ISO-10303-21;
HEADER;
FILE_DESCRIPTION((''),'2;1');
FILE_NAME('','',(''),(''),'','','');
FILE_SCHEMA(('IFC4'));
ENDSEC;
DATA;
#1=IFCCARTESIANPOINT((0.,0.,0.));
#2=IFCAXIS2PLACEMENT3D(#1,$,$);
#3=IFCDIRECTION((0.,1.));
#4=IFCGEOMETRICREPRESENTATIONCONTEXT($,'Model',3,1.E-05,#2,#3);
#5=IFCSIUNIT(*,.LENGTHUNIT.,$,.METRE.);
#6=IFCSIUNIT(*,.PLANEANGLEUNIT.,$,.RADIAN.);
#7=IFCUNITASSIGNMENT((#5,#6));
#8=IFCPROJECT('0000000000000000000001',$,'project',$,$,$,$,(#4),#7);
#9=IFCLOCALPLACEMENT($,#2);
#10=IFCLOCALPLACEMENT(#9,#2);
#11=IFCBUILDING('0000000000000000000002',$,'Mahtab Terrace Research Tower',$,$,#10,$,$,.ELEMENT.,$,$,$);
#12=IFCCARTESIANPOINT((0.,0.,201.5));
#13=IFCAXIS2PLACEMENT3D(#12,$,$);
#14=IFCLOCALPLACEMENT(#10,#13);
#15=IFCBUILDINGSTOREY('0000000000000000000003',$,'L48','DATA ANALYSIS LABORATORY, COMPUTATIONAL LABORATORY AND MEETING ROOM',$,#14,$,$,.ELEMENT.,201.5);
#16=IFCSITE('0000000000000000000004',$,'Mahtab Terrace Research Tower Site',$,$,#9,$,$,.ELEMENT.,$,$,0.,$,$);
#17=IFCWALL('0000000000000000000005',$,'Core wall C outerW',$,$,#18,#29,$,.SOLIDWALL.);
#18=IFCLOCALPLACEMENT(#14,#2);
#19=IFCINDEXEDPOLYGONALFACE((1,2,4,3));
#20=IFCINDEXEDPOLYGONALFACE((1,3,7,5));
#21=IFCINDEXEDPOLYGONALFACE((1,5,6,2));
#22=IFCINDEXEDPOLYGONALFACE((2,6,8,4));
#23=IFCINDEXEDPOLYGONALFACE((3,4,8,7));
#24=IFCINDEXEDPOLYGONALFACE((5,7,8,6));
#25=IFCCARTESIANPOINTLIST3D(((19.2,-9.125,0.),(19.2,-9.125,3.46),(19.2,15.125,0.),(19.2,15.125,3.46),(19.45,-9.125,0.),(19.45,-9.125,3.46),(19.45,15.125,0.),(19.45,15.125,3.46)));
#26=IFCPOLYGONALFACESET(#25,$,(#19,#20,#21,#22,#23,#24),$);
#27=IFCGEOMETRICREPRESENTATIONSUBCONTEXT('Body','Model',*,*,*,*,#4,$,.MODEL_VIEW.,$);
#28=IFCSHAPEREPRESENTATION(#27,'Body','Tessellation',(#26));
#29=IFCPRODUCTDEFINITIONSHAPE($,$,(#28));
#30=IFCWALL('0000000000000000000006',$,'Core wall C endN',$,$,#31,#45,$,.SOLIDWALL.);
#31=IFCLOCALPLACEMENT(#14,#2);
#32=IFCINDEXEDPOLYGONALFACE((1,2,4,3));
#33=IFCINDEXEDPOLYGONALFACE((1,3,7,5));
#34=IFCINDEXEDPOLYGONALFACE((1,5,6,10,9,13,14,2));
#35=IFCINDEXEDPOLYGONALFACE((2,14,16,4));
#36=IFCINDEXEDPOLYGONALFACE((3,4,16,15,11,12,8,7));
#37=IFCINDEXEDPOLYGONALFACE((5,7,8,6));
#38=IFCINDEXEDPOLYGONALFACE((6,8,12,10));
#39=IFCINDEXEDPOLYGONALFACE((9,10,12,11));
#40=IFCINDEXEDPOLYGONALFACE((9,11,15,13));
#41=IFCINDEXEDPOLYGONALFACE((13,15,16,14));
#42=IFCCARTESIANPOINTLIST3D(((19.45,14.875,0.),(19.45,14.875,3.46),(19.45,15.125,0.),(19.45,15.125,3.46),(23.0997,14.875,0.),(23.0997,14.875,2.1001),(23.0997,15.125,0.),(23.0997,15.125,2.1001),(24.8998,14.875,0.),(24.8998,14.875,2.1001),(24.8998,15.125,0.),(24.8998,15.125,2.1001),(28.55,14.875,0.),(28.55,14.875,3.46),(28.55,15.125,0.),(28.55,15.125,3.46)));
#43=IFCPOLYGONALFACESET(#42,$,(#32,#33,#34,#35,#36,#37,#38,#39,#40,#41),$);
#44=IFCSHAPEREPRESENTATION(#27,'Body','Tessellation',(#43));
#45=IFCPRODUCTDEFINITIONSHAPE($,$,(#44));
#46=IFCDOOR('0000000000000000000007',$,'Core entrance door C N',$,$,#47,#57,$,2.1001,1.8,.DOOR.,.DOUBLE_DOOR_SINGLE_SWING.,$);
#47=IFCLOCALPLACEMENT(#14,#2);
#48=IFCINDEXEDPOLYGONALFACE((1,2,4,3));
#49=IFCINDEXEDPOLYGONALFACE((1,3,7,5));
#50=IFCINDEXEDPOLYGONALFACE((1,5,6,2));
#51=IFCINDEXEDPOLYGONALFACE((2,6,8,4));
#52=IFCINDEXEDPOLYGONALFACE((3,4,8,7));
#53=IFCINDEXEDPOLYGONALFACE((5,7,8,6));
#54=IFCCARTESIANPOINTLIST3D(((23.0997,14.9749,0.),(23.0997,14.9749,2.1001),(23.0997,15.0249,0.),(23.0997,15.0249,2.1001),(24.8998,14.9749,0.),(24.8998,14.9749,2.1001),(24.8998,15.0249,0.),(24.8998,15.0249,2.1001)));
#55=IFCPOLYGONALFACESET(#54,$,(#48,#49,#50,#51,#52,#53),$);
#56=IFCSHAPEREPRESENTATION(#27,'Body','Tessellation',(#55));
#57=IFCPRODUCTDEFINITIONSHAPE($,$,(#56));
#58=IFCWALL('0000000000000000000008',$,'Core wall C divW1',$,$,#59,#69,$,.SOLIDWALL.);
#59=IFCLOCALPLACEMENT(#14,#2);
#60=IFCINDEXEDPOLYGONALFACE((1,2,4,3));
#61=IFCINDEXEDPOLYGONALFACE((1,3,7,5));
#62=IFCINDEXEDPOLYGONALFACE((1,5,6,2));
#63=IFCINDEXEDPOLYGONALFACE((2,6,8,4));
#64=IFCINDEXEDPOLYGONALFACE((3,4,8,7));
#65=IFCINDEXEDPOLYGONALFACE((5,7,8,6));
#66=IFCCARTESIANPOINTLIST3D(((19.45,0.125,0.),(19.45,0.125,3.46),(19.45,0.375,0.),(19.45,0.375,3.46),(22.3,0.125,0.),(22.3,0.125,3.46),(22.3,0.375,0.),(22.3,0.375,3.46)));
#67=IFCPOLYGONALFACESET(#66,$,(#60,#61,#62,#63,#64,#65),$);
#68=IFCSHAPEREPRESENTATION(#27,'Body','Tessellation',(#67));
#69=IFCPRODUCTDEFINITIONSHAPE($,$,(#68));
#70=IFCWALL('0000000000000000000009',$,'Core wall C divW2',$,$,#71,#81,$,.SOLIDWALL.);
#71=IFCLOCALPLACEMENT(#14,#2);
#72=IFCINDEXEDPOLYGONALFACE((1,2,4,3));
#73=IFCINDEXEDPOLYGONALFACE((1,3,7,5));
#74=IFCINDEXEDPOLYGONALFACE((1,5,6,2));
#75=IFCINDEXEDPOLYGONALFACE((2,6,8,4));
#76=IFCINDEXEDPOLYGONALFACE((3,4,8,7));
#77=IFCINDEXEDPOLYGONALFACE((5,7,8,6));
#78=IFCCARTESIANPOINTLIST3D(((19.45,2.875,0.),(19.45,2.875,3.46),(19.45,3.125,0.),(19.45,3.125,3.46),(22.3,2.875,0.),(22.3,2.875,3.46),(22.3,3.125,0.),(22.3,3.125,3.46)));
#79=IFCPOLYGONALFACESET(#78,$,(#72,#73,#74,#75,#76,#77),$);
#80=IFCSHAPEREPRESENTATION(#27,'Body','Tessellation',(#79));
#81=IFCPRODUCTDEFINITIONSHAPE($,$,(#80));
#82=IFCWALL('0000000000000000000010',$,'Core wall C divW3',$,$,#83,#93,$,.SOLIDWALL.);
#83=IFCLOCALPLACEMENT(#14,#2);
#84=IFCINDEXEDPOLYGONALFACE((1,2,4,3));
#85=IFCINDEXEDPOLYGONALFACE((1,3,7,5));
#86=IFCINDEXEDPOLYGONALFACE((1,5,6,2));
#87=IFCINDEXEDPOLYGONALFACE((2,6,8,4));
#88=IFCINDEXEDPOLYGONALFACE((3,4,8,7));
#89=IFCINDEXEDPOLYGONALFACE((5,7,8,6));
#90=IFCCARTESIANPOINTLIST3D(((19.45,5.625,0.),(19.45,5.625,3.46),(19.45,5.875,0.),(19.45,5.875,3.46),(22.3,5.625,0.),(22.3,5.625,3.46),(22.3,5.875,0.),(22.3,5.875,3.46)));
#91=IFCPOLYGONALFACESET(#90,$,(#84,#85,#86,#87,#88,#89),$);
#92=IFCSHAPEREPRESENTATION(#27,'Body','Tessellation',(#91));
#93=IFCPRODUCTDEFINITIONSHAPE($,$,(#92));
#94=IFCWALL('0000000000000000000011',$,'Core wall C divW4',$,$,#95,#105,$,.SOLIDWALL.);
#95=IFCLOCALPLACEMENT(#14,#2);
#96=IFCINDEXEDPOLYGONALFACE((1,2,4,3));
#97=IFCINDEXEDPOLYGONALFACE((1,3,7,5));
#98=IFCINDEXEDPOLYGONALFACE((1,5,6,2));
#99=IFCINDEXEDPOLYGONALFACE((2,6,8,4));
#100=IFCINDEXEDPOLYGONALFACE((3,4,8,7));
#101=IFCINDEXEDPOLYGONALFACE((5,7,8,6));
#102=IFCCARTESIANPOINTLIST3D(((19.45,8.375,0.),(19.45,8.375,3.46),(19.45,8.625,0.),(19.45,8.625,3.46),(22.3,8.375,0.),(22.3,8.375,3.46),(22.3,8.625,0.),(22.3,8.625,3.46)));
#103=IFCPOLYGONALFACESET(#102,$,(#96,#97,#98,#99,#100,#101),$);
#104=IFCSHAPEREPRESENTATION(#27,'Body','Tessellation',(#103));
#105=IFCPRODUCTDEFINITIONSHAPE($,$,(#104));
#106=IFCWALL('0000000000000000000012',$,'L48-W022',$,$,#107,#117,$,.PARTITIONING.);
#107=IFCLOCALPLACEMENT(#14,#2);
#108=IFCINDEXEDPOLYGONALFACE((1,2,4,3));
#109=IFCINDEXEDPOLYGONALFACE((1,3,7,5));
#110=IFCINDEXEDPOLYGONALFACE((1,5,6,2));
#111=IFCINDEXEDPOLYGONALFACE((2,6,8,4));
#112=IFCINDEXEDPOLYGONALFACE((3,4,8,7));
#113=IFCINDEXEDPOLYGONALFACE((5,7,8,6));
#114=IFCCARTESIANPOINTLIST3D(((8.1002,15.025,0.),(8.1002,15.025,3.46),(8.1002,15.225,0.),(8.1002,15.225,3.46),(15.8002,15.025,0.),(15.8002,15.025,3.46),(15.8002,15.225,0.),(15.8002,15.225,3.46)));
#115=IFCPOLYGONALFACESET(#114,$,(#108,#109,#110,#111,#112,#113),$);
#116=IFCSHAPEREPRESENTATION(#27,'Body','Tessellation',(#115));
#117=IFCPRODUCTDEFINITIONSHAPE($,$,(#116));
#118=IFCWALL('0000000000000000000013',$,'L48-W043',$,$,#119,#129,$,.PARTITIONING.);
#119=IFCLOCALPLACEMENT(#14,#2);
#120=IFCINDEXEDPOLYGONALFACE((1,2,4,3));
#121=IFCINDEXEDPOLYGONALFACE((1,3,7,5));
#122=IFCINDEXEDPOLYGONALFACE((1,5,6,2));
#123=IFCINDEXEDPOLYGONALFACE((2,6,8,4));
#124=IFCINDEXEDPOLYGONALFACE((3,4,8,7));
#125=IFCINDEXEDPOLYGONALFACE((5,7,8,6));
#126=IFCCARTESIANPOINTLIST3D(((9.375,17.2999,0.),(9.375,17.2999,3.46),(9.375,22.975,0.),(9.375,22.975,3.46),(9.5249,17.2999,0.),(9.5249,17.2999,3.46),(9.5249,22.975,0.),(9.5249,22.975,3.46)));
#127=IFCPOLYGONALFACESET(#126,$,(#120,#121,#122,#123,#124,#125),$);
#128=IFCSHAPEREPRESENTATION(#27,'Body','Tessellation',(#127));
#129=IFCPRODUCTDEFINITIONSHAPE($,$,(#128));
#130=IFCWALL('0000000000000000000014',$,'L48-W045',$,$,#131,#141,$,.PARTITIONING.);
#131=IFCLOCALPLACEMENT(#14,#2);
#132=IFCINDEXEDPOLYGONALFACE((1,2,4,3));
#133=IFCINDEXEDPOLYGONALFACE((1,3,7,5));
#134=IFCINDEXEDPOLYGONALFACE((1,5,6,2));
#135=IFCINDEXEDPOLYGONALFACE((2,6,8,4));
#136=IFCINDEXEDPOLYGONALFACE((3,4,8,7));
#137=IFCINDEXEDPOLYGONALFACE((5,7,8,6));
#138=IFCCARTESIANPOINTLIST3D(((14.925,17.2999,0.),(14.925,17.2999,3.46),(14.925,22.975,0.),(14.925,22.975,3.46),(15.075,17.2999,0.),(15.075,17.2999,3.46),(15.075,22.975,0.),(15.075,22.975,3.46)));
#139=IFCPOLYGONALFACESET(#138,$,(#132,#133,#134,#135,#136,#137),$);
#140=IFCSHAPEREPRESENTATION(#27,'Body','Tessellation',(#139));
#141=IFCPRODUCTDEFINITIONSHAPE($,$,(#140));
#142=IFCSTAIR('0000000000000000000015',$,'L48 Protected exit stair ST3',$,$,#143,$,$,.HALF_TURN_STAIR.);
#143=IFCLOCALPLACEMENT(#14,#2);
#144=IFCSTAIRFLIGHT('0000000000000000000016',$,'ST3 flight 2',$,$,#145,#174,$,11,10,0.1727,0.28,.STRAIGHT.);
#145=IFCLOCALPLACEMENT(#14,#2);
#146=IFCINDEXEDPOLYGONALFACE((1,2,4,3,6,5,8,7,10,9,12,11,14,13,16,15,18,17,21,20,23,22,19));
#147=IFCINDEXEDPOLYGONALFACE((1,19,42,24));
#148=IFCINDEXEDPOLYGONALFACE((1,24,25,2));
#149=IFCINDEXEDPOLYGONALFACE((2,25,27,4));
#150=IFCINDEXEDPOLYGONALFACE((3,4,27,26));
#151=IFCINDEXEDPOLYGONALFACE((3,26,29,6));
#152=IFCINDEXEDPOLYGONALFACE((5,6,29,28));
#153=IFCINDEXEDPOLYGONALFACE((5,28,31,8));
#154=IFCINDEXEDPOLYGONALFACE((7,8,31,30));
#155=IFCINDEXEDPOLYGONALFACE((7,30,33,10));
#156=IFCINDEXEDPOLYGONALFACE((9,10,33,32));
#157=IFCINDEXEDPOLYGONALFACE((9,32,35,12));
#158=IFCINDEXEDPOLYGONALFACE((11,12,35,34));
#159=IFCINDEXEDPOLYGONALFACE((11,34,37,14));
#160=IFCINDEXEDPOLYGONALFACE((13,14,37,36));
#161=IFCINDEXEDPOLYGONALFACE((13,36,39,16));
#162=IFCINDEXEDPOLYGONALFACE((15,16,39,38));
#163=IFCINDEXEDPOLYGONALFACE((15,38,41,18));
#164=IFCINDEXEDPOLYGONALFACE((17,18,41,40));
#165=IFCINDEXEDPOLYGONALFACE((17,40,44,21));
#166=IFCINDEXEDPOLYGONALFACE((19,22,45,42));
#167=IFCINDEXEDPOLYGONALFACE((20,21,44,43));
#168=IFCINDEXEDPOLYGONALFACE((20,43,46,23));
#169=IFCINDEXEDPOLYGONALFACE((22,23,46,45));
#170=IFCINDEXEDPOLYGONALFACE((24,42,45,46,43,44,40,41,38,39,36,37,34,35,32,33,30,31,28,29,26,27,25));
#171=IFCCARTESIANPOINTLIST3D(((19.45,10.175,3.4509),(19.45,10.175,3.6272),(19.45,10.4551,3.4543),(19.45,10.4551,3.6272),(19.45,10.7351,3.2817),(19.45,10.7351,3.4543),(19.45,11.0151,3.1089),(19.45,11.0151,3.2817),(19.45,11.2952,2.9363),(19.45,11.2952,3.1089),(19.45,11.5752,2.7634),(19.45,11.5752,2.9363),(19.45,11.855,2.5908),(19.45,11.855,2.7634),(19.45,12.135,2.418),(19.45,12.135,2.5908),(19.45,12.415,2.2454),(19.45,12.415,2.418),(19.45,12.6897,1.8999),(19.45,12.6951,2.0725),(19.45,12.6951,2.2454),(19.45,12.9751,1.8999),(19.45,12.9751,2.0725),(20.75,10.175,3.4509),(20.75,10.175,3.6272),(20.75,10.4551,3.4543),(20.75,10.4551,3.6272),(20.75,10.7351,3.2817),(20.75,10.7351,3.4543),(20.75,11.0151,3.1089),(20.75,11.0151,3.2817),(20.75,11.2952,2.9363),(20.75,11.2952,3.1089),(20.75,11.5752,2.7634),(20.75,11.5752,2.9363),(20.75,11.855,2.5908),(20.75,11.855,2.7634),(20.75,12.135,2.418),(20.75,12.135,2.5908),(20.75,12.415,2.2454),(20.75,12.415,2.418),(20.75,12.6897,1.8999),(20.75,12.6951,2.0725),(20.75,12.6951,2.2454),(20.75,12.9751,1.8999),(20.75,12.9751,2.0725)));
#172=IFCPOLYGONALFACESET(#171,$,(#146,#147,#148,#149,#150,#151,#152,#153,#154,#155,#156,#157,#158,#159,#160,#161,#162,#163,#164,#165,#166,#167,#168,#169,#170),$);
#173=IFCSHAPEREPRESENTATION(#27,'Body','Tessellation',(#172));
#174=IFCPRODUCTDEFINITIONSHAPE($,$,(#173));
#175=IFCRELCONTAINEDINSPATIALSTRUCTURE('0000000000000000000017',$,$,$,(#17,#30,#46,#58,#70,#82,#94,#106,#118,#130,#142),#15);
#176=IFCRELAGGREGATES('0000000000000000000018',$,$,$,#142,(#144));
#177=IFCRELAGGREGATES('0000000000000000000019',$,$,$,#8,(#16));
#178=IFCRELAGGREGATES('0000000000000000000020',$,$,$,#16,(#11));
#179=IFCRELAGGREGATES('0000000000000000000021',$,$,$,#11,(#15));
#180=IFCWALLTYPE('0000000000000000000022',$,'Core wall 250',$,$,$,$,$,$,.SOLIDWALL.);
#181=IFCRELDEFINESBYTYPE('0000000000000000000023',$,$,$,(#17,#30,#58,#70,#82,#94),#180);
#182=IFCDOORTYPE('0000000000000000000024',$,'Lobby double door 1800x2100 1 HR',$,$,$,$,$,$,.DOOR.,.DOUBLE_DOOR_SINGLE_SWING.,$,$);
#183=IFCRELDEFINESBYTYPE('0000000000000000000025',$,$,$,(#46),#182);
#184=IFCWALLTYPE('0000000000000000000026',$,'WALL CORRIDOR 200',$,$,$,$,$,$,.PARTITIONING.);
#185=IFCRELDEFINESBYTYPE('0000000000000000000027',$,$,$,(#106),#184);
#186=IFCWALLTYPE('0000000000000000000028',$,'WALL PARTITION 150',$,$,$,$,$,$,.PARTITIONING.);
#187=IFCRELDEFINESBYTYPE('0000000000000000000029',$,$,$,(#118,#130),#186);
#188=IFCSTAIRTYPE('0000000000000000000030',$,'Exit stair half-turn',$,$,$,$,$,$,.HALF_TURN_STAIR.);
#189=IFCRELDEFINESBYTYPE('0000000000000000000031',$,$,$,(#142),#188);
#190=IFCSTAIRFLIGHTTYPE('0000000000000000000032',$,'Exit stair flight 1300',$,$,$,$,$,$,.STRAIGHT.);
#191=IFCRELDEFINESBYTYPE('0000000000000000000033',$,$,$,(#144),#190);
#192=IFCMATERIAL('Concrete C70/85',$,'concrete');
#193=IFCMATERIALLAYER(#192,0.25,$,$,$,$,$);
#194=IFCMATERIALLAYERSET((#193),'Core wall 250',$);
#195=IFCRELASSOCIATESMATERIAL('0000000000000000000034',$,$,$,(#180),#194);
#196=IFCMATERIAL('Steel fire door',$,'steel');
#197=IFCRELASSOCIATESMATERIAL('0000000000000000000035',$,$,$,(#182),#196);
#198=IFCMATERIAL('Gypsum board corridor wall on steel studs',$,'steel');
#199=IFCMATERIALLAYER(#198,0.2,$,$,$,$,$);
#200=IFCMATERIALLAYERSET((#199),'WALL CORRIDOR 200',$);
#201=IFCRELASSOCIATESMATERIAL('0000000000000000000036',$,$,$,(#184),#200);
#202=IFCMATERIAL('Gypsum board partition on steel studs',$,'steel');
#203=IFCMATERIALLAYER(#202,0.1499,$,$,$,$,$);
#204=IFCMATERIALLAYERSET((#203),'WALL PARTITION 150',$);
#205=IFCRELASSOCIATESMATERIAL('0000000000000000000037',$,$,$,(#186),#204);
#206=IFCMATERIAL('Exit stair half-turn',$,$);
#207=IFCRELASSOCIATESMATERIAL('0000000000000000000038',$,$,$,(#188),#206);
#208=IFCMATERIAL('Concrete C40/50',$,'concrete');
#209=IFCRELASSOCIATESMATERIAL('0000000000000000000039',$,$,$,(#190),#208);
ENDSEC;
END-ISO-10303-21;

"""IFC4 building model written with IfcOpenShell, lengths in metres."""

from ifc_helpers import new_model, si_unit, direction, frame, frame_2d, origin, place, context, subcontext, project, spatial, polyline, rectangle, outline, extrude, material, layer, layer_set, type_object, element, fill, aggregate, save


model = new_model("IFC4")

# Units and contexts
model_context = context("Model", 3, precision=1e-05, world=origin(), true_north=direction((0.0, 1.0)))
body_context = subcontext(model_context, "Body", "Model", "MODEL_VIEW")
ifc_project = project(units=[si_unit("LENGTHUNIT", "METRE"), si_unit("PLANEANGLEUNIT", "RADIAN")], contexts=[model_context])

# Site, building, storey
site_placement = place(None, origin())
site = spatial("IfcSite", under=ifc_project, at=site_placement, Name="Mahtab Terrace Research Tower Site", CompositionType="ELEMENT", RefElevation=0.0)
building_placement = place(site_placement, origin())
building = spatial("IfcBuilding", under=site, at=building_placement, Name="Mahtab Terrace Research Tower", CompositionType="ELEMENT")
storey_placement = place(building_placement, frame((0.0, 0.0, 201.5)))
storey = spatial("IfcBuildingStorey", under=building, at=storey_placement, Name="L48", Description="DATA ANALYSIS LABORATORY, COMPUTATIONAL LABORATORY AND MEETING ROOM", CompositionType="ELEMENT", Elevation=201.5)

# Shared definitions
ifc_material_1 = material(Name="Concrete C70/85", Category="concrete")

# Wall
ifc_layer_1 = layer(ifc_material_1, 0.25)
ifc_layer_set_1 = layer_set([ifc_layer_1], Name="Core wall 250")
wall_type_1 = type_object("IfcWallType", Name="Core wall 250", PredefinedType="SOLIDWALL", material=ifc_layer_set_1)
wall_1_placement = place(storey_placement, frame((19.325, 15.125, 0.0), z_axis=(0.0, 0.0, 1.0), x_axis=(0.0, -1.0, 0.0)))
element("IfcWall", 1, at=wall_1_placement, inside=storey, type_object=wall_type_1, Name="Core wall C outerW", PredefinedType="SOLIDWALL", context=body_context, shape_type="SweptSolid", body=[
    extrude(rectangle(XDim=24.25, YDim=0.25, at=frame_2d((12.125, 0.0))), origin(), (0.0, 0.0, 1.0), 3.46),
])

# Wall, opening, door
wall_2_placement = place(storey_placement, frame((19.45, 15.0, 0.0), z_axis=(0.0, 0.0, 1.0), x_axis=(1.0, 0.0, 0.0)))
wall_2 = element("IfcWall", 2, at=wall_2_placement, inside=storey, type_object=wall_type_1, Name="Core wall C endN", PredefinedType="SOLIDWALL", context=body_context, shape_type="SweptSolid", body=[
    extrude(rectangle(XDim=9.1001, YDim=0.25, at=frame_2d((4.55, 0.0))), origin(), (0.0, 0.0, 1.0), 3.46),
])
opening_placement = place(wall_2_placement, frame((3.6499, 0.0, 0.0)))
opening = element("IfcOpeningElement", 3, at=opening_placement, cuts=wall_2, PredefinedType="OPENING", context=body_context, shape_type="SweptSolid", body=[
    extrude(rectangle(XDim=1.8, YDim=2.1001, at=frame_2d((0.8999, 1.05))), frame((0.0, 0.135, 0.0), z_axis=(0.0, -1.0, 0.0), x_axis=(1.0, 0.0, 0.0)), (0.0, 0.0, 1.0), 0.27),
])
ifc_material_2 = material(Name="Steel fire door", Category="steel")
door_type = type_object("IfcDoorType", Name="Lobby double door 1800x2100 1 HR", OperationType="DOUBLE_DOOR_SINGLE_SWING", PredefinedType="DOOR", material=ifc_material_2)
door_placement = place(opening_placement, origin())
door = element("IfcDoor", 4, at=door_placement, inside=storey, type_object=door_type, Name="Core entrance door C N", OperationType="DOUBLE_DOOR_SINGLE_SWING", OverallHeight=2.1001, OverallWidth=1.8, PredefinedType="DOOR", context=body_context, shape_type="SweptSolid", body=[
    extrude(rectangle(XDim=1.8, YDim=2.1001, at=frame_2d((0.8999, 1.05))), frame((0.0, 0.0249, 0.0), z_axis=(0.0, -1.0, 0.0), x_axis=(1.0, 0.0, 0.0)), (0.0, 0.0, 1.0), 0.05),
])
fill(opening, door)

# Walls
for number, where, z_axis, x_axis, name in (
    (5, (19.45, 0.25, 0.0), (0.0, 0.0, 1.0), (1.0, 0.0, 0.0), "Core wall C divW1"),
    (6, (19.45, 3.0, 0.0), (0.0, 0.0, 1.0), (1.0, 0.0, 0.0), "Core wall C divW2"),
    (7, (19.45, 5.75, 0.0), (0.0, 0.0, 1.0), (1.0, 0.0, 0.0), "Core wall C divW3"),
    (8, (19.45, 8.5, 0.0), (0.0, 0.0, 1.0), (1.0, 0.0, 0.0), "Core wall C divW4"),
):
    element("IfcWall", number, at=place(storey_placement, frame(where, z_axis=z_axis, x_axis=x_axis)), inside=storey, type_object=wall_type_1, Name=name, PredefinedType="SOLIDWALL", context=body_context, shape_type="SweptSolid", body=[
        extrude(rectangle(XDim=2.8501, YDim=0.25, at=frame_2d((1.425, 0.0))), origin(), (0.0, 0.0, 1.0), 3.46),
    ])
ifc_material_3 = material(Name="Gypsum board corridor wall on steel studs", Category="steel")
ifc_layer_2 = layer(ifc_material_3, 0.2)
ifc_layer_set_2 = layer_set([ifc_layer_2], Name="WALL CORRIDOR 200")
wall_type_2 = type_object("IfcWallType", Name="WALL CORRIDOR 200", PredefinedType="PARTITIONING", material=ifc_layer_set_2)
wall_3_placement = place(storey_placement, frame((8.1001, 15.125, 0.0), z_axis=(0.0, 0.0, 1.0), x_axis=(1.0, 0.0, 0.0)))
element("IfcWall", 9, at=wall_3_placement, inside=storey, type_object=wall_type_2, Name="L48-W022", PredefinedType="PARTITIONING", context=body_context, shape_type="SweptSolid", body=[
    extrude(rectangle(XDim=7.7, YDim=0.2, at=frame_2d((3.8501, 0.0))), origin(), (0.0, 0.0, 1.0), 3.46),
])
ifc_material_4 = material(Name="Gypsum board partition on steel studs", Category="steel")
ifc_layer_3 = layer(ifc_material_4, 0.1499)
ifc_layer_set_3 = layer_set([ifc_layer_3], Name="WALL PARTITION 150")
wall_type_3 = type_object("IfcWallType", Name="WALL PARTITION 150", PredefinedType="PARTITIONING", material=ifc_layer_set_3)
for number, where, z_axis, x_axis, name in (
    (10, (9.45, 17.3, 0.0), (0.0, 0.0, 1.0), (0.0, 1.0, 0.0), "L48-W043"),
    (11, (15.0, 17.3, 0.0), (0.0, 0.0, 1.0), (0.0, 1.0, 0.0), "L48-W045"),
):
    element("IfcWall", number, at=place(storey_placement, frame(where, z_axis=z_axis, x_axis=x_axis)), inside=storey, type_object=wall_type_3, Name=name, PredefinedType="PARTITIONING", context=body_context, shape_type="SweptSolid", body=[
        extrude(rectangle(XDim=5.675, YDim=0.1499, at=frame_2d((2.8374, 0.0))), origin(), (0.0, 0.0, 1.0), 3.46),
    ])

# Stair, stair flight
ifc_material_5 = material(Name="Exit stair half-turn")
stair_type = type_object("IfcStairType", Name="Exit stair half-turn", PredefinedType="HALF_TURN_STAIR", material=ifc_material_5)
stair_placement = place(storey_placement, origin())
stair = element("IfcStair", 12, at=stair_placement, inside=storey, type_object=stair_type, Name="L48 Protected exit stair ST3", PredefinedType="HALF_TURN_STAIR")
ifc_material_6 = material(Name="Concrete C40/50", Category="concrete")
stair_flight_type = type_object("IfcStairFlightType", Name="Exit stair flight 1300", PredefinedType="STRAIGHT", material=ifc_material_6)
stair_flight_placement = place(storey_placement, frame((20.1001, 12.9751, 1.8999), z_axis=(0.0, 0.0, 1.0), x_axis=(0.0, -1.0, 0.0)))
stair_flight = element("IfcStairFlight", 13, at=stair_flight_placement, type_object=stair_flight_type, Name="ST3 flight 2", NumberOfRisers=11, NumberOfTreads=10, PredefinedType="STRAIGHT", RiserHeight=0.1727, TreadLength=0.28, context=body_context, shape_type="SweptSolid", body=[
    extrude(outline(polyline([(0.0, 0.0), (0.0, 0.1726), (0.28, 0.1726), (0.28, 0.3455), (0.5601, 0.3455), (0.5601, 0.5181), (0.8401, 0.5181), (0.8401, 0.6909), (1.1201, 0.6909), (1.1201, 0.8635), (1.3999, 0.8635), (1.3999, 1.0364), (1.6799, 1.0364), (1.6799, 1.209), (1.96, 1.209), (1.96, 1.3818), (2.24, 1.3818), (2.24, 1.5544), (2.52, 1.5544), (2.52, 1.7273), (2.8, 1.7273), (2.8, 1.8999), (2.8, 1.551), (0.2854, 0.0), (0.0, 0.0)])), frame((0.0, 0.6499, 0.0), z_axis=(0.0, -1.0, 0.0), x_axis=(1.0, 0.0, 0.0)), (0.0, 0.0, 1.0), 1.3),
])
aggregate(stair, [stair_flight])

save(model, "model.ifc")
